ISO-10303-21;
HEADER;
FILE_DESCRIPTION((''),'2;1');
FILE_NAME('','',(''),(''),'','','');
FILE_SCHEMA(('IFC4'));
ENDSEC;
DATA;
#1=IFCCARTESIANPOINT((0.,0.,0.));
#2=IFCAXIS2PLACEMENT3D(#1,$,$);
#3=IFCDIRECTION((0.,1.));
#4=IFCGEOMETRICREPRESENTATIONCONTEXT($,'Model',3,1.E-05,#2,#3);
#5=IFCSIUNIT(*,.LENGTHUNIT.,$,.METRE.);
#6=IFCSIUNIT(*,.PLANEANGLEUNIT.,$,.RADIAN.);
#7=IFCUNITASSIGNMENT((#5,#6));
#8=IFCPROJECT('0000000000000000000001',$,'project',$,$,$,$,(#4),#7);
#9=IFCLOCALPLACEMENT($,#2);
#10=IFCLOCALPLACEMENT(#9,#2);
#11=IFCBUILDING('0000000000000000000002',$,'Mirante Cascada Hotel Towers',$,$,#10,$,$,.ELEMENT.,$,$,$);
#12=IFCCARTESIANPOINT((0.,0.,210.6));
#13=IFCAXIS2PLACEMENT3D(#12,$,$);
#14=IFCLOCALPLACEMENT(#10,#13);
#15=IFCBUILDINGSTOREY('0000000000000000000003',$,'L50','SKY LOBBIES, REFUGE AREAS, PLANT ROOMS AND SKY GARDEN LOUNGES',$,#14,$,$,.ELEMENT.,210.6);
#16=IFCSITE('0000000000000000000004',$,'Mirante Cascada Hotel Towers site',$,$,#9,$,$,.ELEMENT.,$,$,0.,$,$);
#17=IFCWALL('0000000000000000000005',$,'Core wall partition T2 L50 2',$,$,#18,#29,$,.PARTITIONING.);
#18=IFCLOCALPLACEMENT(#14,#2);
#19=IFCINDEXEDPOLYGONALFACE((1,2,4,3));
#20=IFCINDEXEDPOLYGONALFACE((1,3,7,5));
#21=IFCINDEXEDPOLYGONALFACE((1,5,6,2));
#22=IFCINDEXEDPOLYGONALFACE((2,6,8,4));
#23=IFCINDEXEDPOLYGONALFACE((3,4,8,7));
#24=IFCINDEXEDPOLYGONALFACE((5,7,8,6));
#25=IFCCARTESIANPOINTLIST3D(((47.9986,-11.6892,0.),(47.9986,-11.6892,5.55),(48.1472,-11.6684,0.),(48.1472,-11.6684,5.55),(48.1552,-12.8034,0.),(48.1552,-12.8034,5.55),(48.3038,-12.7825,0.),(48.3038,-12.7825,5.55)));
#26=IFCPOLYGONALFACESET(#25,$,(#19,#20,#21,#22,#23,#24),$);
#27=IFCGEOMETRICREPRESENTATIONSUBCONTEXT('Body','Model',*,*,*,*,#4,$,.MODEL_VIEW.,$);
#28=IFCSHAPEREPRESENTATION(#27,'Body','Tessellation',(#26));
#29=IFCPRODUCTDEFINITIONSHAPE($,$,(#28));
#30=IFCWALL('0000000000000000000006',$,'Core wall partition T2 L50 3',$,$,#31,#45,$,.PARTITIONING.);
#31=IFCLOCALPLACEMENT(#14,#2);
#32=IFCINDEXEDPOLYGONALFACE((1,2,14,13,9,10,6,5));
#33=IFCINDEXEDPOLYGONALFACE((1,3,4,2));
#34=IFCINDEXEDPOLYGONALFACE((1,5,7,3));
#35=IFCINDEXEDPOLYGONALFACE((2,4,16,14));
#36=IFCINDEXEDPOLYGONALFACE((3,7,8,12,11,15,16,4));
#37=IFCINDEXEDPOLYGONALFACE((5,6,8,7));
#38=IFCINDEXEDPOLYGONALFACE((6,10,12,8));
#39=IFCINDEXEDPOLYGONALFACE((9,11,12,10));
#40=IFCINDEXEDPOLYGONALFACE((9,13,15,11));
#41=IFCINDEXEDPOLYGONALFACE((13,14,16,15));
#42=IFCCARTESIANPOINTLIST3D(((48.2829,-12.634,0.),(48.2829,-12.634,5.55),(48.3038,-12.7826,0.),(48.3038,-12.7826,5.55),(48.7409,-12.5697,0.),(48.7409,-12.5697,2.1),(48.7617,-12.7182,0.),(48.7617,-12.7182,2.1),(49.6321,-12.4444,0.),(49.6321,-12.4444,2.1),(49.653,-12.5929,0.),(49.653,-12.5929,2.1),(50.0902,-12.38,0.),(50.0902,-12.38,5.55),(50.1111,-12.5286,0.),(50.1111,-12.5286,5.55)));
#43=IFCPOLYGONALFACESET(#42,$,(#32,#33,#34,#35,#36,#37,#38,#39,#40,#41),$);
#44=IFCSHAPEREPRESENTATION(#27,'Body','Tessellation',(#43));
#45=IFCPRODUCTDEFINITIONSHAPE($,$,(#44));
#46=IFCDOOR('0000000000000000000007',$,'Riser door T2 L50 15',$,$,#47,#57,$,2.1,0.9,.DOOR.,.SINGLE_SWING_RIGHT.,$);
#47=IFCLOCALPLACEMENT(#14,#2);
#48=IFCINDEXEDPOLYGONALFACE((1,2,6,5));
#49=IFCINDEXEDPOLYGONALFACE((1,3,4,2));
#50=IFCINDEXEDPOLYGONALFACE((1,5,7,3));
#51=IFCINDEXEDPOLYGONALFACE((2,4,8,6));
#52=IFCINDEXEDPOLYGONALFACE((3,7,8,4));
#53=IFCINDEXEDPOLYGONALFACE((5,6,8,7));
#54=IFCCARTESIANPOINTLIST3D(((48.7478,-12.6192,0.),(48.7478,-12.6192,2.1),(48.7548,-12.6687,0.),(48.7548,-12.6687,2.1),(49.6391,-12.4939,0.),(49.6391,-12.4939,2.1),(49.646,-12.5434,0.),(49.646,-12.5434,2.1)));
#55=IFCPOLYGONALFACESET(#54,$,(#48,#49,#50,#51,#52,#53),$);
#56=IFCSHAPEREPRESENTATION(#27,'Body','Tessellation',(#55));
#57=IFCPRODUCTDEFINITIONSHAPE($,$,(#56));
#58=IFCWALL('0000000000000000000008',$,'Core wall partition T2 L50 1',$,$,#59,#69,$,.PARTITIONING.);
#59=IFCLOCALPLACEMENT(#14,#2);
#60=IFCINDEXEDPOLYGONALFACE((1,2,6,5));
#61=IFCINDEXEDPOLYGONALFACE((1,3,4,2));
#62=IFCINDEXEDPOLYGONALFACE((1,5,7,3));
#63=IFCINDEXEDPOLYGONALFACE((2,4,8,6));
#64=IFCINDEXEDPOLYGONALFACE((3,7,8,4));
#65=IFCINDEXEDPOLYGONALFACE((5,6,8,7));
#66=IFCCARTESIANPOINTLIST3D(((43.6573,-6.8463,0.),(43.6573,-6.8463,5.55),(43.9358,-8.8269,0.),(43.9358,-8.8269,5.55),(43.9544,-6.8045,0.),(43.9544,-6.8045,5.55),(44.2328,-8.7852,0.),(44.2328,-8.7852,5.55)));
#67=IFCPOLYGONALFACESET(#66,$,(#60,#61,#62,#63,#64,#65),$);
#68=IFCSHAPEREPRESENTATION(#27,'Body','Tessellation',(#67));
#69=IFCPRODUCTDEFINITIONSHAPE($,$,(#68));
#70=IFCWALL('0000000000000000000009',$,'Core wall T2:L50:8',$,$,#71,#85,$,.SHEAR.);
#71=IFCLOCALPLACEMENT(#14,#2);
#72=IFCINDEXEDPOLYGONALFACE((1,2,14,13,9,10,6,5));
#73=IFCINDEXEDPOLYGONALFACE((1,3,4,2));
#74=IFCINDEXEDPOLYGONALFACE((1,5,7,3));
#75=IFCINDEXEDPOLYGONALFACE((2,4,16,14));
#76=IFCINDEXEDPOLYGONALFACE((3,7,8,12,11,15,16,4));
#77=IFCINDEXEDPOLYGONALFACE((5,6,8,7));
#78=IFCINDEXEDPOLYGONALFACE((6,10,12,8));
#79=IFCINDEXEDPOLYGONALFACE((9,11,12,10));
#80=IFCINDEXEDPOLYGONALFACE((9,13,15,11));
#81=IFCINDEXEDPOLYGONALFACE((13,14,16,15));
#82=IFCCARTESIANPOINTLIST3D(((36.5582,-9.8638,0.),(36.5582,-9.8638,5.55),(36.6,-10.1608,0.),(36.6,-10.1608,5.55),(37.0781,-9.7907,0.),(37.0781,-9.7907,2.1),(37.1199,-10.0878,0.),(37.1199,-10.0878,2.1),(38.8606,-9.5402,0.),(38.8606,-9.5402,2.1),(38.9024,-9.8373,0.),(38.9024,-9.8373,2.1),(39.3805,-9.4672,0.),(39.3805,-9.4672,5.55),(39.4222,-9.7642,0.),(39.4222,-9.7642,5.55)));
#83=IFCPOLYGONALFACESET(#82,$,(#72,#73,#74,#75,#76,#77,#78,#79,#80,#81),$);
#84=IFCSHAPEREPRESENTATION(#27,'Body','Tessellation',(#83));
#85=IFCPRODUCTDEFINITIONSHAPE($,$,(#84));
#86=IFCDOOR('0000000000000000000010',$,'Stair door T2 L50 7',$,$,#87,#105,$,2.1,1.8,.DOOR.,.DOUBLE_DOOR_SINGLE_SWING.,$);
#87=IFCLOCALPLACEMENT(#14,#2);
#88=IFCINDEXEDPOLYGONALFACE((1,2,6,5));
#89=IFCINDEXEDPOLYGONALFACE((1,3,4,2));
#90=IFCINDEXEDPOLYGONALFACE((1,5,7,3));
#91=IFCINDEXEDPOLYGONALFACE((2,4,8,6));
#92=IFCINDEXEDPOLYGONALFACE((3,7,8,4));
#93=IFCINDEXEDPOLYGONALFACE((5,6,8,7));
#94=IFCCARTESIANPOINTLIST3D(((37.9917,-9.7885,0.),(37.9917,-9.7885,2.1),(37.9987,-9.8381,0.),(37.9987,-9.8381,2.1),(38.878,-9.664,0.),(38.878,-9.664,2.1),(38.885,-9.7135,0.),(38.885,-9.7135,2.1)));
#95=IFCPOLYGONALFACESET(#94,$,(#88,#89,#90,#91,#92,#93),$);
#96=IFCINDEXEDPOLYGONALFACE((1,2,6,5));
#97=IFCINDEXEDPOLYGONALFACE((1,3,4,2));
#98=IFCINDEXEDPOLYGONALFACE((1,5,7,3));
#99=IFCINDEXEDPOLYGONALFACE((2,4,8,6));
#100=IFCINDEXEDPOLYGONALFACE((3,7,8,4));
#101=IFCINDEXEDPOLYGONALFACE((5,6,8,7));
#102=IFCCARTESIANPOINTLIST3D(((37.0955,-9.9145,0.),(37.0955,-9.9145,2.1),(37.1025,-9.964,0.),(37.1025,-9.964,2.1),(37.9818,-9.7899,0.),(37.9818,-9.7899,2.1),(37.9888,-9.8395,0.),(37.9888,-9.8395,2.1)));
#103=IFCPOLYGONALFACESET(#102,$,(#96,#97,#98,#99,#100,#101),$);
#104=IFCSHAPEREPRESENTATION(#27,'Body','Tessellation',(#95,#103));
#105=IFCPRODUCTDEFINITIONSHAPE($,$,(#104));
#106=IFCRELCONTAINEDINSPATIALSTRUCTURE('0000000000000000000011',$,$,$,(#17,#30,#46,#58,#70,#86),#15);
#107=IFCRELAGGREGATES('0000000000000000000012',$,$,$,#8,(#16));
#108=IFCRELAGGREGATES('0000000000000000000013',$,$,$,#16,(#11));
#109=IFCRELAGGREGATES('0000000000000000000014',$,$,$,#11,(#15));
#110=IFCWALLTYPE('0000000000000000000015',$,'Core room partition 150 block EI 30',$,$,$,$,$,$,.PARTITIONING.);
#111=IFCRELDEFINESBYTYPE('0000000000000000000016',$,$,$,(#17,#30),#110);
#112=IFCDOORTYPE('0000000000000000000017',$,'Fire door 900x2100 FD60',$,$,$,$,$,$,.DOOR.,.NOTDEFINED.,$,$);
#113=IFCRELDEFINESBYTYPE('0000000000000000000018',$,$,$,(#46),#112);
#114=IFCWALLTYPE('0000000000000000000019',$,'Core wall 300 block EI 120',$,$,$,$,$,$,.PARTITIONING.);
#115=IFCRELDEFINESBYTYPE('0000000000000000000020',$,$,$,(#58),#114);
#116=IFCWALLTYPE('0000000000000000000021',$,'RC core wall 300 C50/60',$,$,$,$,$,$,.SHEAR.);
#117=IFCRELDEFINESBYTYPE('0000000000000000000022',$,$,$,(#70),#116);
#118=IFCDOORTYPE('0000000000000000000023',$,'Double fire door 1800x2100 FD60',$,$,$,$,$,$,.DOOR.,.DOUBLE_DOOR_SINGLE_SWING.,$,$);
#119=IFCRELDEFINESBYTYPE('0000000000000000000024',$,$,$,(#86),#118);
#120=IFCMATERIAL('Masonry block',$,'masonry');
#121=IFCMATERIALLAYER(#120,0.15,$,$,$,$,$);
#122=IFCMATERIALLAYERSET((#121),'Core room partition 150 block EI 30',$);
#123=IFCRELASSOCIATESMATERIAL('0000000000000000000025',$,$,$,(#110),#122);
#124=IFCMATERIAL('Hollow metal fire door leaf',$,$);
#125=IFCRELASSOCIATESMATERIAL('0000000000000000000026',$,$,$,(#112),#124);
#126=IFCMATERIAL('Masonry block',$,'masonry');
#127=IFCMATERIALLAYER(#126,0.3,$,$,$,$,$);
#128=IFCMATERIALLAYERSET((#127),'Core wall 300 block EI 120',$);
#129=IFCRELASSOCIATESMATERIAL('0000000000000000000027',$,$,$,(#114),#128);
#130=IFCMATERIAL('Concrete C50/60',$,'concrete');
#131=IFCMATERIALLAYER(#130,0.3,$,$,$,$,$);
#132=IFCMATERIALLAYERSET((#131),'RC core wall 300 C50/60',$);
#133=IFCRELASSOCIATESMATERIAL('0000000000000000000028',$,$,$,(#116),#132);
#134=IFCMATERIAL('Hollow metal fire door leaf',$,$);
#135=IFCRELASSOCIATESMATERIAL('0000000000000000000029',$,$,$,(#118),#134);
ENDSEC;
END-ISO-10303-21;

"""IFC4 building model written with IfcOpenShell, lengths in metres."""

from ifc_helpers import new_model, si_unit, direction, frame, frame_2d, origin, place, context, subcontext, project, spatial, rectangle, extrude, material, layer, layer_set, type_object, element, fill, save


model = new_model("IFC4")

# Units and contexts
model_context = context("Model", 3, precision=1e-05, world=origin(), true_north=direction((0.0, 1.0)))
body_context = subcontext(model_context, "Body", "Model", "MODEL_VIEW")
ifc_project = project(units=[si_unit("LENGTHUNIT", "METRE"), si_unit("PLANEANGLEUNIT", "RADIAN")], contexts=[model_context])

# Site, building, storey
site_placement = place(None, origin())
site = spatial("IfcSite", under=ifc_project, at=site_placement, Name="Mirante Cascada Hotel Towers site", CompositionType="ELEMENT", RefElevation=0.0)
building_placement = place(site_placement, origin())
building = spatial("IfcBuilding", under=site, at=building_placement, Name="Mirante Cascada Hotel Towers", CompositionType="ELEMENT")
storey_placement = place(building_placement, frame((0.0, 0.0, 210.6)))
storey = spatial("IfcBuildingStorey", under=building, at=storey_placement, Name="L50", Description="SKY LOBBIES, REFUGE AREAS, PLANT ROOMS AND SKY GARDEN LOUNGES", CompositionType="ELEMENT", Elevation=210.6)

# Wall
ifc_material_1 = material(Name="Masonry block", Category="masonry")
ifc_layer_1 = layer(ifc_material_1, 0.15)
ifc_layer_set_1 = layer_set([ifc_layer_1], Name="Core room partition 150 block EI 30")
wall_type_1 = type_object("IfcWallType", Name="Core room partition 150 block EI 30", PredefinedType="PARTITIONING", material=ifc_layer_set_1)
wall_1_placement = place(storey_placement, frame((48.2295, -12.793, 0.0), z_axis=(0.0, 0.0, 1.0), x_axis=(-0.139193, 0.990265, 0.0)))
element("IfcWall", 1, at=wall_1_placement, inside=storey, type_object=wall_type_1, Name="Core wall partition T2 L50 2", PredefinedType="PARTITIONING", context=body_context, shape_type="SweptSolid", body=[
    extrude(rectangle(XDim=1.1251, YDim=0.15, at=frame_2d((0.5626, 0.0))), origin(), (0.0, 0.0, 1.0), 5.55),
])

# Wall, opening, door
wall_2_placement = place(storey_placement, frame((48.2933, -12.7083, 0.0), z_axis=(0.0, 0.0, 1.0), x_axis=(0.990268, 0.139173, 0.0)))
wall_2 = element("IfcWall", 2, at=wall_2_placement, inside=storey, type_object=wall_type_1, Name="Core wall partition T2 L50 3", PredefinedType="PARTITIONING", context=body_context, shape_type="SweptSolid", body=[
    extrude(rectangle(XDim=1.8251, YDim=0.15, at=frame_2d((0.9126, 0.0))), origin(), (0.0, 0.0, 1.0), 5.55),
])
opening_1_placement = place(wall_2_placement, frame((0.4625, 0.0, 0.0)))
opening_1 = element("IfcOpeningElement", 3, at=opening_1_placement, cuts=wall_2, PredefinedType="OPENING", context=body_context, shape_type="SweptSolid", body=[
    extrude(rectangle(XDim=0.9, YDim=2.1, at=frame_2d((0.45, 1.05))), frame((0.0, 0.075, 0.0), z_axis=(0.0, -1.0, 0.0), x_axis=(1.0, 0.0, 0.0)), (0.0, 0.0, 1.0), 0.15),
])
ifc_material_2 = material(Name="Hollow metal fire door leaf")
door_type_1 = type_object("IfcDoorType", Name="Fire door 900x2100 FD60", OperationType="NOTDEFINED", PredefinedType="DOOR", material=ifc_material_2)
door_1_placement = place(opening_1_placement, frame((0.9, 0.0, 0.0), z_axis=(0.0, 0.0, 1.0), x_axis=(-1.0, 0.0, 0.0)))
door_1 = element("IfcDoor", 4, at=door_1_placement, inside=storey, type_object=door_type_1, Name="Riser door T2 L50 15", OperationType="SINGLE_SWING_RIGHT", OverallHeight=2.1, OverallWidth=0.9, PredefinedType="DOOR", context=body_context, shape_type="SweptSolid", body=[
    extrude(rectangle(XDim=0.9, YDim=2.1, at=frame_2d((0.45, 1.05))), frame((0.0, 0.025, 0.0), z_axis=(0.0, -1.0, 0.0), x_axis=(1.0, 0.0, 0.0)), (0.0, 0.0, 1.0), 0.05),
])
fill(opening_1, door_1)

# Wall
ifc_material_3 = material(Name="Masonry block", Category="masonry")
ifc_layer_2 = layer(ifc_material_3, 0.3)
ifc_layer_set_2 = layer_set([ifc_layer_2], Name="Core wall 300 block EI 120")
wall_type_2 = type_object("IfcWallType", Name="Core wall 300 block EI 120", PredefinedType="PARTITIONING", material=ifc_layer_set_2)
wall_3_placement = place(storey_placement, frame((44.0843, -8.8061, 0.0), z_axis=(0.0, 0.0, 1.0), x_axis=(-0.139195, 0.990265, 0.0)))
element("IfcWall", 5, at=wall_3_placement, inside=storey, type_object=wall_type_2, Name="Core wall partition T2 L50 1", PredefinedType="PARTITIONING", context=body_context, shape_type="SweptSolid", body=[
    extrude(rectangle(XDim=2.0001, YDim=0.3, at=frame_2d((1.0001, 0.0))), origin(), (0.0, 0.0, 1.0), 5.55),
])

# Wall, opening, door
ifc_material_4 = material(Name="Concrete C50/60", Category="concrete")
ifc_layer_3 = layer(ifc_material_4, 0.3)
ifc_layer_set_3 = layer_set([ifc_layer_3], Name="RC core wall 300 C50/60")
wall_type_3 = type_object("IfcWallType", Name="RC core wall 300 C50/60", PredefinedType="SHEAR", material=ifc_layer_set_3)
wall_4_placement = place(storey_placement, frame((36.5791, -10.0123, 0.0), z_axis=(0.0, 0.0, 1.0), x_axis=(0.99027, 0.139156, 0.0)))
wall_4 = element("IfcWall", 6, at=wall_4_placement, inside=storey, type_object=wall_type_3, Name="Core wall T2:L50:8", PredefinedType="SHEAR", context=body_context, shape_type="SweptSolid", body=[
    extrude(rectangle(XDim=2.85, YDim=0.3, at=frame_2d((1.425, 0.0))), origin(), (0.0, 0.0, 1.0), 5.55),
])
opening_2_placement = place(wall_4_placement, frame((0.525, 0.0, 0.0)))
opening_2 = element("IfcOpeningElement", 7, at=opening_2_placement, cuts=wall_4, PredefinedType="OPENING", context=body_context, shape_type="SweptSolid", body=[
    extrude(rectangle(XDim=1.8, YDim=2.1, at=frame_2d((0.9, 1.05))), frame((0.0, 0.15, 0.0), z_axis=(0.0, -1.0, 0.0), x_axis=(1.0, 0.0, 0.0)), (0.0, 0.0, 1.0), 0.3),
])
ifc_material_5 = material(Name="Hollow metal fire door leaf")
door_type_2 = type_object("IfcDoorType", Name="Double fire door 1800x2100 FD60", OperationType="DOUBLE_DOOR_SINGLE_SWING", PredefinedType="DOOR", material=ifc_material_5)
door_2_placement = place(opening_2_placement, frame((1.8, 0.0, 0.0), z_axis=(0.0, 0.0, 1.0), x_axis=(-1.0, 0.0, 0.0)))
door_2 = element("IfcDoor", 8, at=door_2_placement, inside=storey, type_object=door_type_2, Name="Stair door T2 L50 7", OperationType="DOUBLE_DOOR_SINGLE_SWING", OverallHeight=2.1, OverallWidth=1.8, PredefinedType="DOOR", context=body_context, shape_type="SweptSolid", body=[
    extrude(rectangle(XDim=0.895, YDim=2.1, at=frame_2d((0.4475, 1.05))), frame((0.0, 0.025, 0.0), z_axis=(0.0, -1.0, 0.0), x_axis=(1.0, 0.0, 0.0)), (0.0, 0.0, 1.0), 0.05),
    extrude(rectangle(XDim=0.895, YDim=2.1, at=frame_2d((1.3525, 1.05))), frame((0.0, 0.025, 0.0), z_axis=(0.0, -1.0, 0.0), x_axis=(1.0, 0.0, 0.0)), (0.0, 0.0, 1.0), 0.05),
])
fill(opening_2, door_2)

save(model, "model.ifc")
